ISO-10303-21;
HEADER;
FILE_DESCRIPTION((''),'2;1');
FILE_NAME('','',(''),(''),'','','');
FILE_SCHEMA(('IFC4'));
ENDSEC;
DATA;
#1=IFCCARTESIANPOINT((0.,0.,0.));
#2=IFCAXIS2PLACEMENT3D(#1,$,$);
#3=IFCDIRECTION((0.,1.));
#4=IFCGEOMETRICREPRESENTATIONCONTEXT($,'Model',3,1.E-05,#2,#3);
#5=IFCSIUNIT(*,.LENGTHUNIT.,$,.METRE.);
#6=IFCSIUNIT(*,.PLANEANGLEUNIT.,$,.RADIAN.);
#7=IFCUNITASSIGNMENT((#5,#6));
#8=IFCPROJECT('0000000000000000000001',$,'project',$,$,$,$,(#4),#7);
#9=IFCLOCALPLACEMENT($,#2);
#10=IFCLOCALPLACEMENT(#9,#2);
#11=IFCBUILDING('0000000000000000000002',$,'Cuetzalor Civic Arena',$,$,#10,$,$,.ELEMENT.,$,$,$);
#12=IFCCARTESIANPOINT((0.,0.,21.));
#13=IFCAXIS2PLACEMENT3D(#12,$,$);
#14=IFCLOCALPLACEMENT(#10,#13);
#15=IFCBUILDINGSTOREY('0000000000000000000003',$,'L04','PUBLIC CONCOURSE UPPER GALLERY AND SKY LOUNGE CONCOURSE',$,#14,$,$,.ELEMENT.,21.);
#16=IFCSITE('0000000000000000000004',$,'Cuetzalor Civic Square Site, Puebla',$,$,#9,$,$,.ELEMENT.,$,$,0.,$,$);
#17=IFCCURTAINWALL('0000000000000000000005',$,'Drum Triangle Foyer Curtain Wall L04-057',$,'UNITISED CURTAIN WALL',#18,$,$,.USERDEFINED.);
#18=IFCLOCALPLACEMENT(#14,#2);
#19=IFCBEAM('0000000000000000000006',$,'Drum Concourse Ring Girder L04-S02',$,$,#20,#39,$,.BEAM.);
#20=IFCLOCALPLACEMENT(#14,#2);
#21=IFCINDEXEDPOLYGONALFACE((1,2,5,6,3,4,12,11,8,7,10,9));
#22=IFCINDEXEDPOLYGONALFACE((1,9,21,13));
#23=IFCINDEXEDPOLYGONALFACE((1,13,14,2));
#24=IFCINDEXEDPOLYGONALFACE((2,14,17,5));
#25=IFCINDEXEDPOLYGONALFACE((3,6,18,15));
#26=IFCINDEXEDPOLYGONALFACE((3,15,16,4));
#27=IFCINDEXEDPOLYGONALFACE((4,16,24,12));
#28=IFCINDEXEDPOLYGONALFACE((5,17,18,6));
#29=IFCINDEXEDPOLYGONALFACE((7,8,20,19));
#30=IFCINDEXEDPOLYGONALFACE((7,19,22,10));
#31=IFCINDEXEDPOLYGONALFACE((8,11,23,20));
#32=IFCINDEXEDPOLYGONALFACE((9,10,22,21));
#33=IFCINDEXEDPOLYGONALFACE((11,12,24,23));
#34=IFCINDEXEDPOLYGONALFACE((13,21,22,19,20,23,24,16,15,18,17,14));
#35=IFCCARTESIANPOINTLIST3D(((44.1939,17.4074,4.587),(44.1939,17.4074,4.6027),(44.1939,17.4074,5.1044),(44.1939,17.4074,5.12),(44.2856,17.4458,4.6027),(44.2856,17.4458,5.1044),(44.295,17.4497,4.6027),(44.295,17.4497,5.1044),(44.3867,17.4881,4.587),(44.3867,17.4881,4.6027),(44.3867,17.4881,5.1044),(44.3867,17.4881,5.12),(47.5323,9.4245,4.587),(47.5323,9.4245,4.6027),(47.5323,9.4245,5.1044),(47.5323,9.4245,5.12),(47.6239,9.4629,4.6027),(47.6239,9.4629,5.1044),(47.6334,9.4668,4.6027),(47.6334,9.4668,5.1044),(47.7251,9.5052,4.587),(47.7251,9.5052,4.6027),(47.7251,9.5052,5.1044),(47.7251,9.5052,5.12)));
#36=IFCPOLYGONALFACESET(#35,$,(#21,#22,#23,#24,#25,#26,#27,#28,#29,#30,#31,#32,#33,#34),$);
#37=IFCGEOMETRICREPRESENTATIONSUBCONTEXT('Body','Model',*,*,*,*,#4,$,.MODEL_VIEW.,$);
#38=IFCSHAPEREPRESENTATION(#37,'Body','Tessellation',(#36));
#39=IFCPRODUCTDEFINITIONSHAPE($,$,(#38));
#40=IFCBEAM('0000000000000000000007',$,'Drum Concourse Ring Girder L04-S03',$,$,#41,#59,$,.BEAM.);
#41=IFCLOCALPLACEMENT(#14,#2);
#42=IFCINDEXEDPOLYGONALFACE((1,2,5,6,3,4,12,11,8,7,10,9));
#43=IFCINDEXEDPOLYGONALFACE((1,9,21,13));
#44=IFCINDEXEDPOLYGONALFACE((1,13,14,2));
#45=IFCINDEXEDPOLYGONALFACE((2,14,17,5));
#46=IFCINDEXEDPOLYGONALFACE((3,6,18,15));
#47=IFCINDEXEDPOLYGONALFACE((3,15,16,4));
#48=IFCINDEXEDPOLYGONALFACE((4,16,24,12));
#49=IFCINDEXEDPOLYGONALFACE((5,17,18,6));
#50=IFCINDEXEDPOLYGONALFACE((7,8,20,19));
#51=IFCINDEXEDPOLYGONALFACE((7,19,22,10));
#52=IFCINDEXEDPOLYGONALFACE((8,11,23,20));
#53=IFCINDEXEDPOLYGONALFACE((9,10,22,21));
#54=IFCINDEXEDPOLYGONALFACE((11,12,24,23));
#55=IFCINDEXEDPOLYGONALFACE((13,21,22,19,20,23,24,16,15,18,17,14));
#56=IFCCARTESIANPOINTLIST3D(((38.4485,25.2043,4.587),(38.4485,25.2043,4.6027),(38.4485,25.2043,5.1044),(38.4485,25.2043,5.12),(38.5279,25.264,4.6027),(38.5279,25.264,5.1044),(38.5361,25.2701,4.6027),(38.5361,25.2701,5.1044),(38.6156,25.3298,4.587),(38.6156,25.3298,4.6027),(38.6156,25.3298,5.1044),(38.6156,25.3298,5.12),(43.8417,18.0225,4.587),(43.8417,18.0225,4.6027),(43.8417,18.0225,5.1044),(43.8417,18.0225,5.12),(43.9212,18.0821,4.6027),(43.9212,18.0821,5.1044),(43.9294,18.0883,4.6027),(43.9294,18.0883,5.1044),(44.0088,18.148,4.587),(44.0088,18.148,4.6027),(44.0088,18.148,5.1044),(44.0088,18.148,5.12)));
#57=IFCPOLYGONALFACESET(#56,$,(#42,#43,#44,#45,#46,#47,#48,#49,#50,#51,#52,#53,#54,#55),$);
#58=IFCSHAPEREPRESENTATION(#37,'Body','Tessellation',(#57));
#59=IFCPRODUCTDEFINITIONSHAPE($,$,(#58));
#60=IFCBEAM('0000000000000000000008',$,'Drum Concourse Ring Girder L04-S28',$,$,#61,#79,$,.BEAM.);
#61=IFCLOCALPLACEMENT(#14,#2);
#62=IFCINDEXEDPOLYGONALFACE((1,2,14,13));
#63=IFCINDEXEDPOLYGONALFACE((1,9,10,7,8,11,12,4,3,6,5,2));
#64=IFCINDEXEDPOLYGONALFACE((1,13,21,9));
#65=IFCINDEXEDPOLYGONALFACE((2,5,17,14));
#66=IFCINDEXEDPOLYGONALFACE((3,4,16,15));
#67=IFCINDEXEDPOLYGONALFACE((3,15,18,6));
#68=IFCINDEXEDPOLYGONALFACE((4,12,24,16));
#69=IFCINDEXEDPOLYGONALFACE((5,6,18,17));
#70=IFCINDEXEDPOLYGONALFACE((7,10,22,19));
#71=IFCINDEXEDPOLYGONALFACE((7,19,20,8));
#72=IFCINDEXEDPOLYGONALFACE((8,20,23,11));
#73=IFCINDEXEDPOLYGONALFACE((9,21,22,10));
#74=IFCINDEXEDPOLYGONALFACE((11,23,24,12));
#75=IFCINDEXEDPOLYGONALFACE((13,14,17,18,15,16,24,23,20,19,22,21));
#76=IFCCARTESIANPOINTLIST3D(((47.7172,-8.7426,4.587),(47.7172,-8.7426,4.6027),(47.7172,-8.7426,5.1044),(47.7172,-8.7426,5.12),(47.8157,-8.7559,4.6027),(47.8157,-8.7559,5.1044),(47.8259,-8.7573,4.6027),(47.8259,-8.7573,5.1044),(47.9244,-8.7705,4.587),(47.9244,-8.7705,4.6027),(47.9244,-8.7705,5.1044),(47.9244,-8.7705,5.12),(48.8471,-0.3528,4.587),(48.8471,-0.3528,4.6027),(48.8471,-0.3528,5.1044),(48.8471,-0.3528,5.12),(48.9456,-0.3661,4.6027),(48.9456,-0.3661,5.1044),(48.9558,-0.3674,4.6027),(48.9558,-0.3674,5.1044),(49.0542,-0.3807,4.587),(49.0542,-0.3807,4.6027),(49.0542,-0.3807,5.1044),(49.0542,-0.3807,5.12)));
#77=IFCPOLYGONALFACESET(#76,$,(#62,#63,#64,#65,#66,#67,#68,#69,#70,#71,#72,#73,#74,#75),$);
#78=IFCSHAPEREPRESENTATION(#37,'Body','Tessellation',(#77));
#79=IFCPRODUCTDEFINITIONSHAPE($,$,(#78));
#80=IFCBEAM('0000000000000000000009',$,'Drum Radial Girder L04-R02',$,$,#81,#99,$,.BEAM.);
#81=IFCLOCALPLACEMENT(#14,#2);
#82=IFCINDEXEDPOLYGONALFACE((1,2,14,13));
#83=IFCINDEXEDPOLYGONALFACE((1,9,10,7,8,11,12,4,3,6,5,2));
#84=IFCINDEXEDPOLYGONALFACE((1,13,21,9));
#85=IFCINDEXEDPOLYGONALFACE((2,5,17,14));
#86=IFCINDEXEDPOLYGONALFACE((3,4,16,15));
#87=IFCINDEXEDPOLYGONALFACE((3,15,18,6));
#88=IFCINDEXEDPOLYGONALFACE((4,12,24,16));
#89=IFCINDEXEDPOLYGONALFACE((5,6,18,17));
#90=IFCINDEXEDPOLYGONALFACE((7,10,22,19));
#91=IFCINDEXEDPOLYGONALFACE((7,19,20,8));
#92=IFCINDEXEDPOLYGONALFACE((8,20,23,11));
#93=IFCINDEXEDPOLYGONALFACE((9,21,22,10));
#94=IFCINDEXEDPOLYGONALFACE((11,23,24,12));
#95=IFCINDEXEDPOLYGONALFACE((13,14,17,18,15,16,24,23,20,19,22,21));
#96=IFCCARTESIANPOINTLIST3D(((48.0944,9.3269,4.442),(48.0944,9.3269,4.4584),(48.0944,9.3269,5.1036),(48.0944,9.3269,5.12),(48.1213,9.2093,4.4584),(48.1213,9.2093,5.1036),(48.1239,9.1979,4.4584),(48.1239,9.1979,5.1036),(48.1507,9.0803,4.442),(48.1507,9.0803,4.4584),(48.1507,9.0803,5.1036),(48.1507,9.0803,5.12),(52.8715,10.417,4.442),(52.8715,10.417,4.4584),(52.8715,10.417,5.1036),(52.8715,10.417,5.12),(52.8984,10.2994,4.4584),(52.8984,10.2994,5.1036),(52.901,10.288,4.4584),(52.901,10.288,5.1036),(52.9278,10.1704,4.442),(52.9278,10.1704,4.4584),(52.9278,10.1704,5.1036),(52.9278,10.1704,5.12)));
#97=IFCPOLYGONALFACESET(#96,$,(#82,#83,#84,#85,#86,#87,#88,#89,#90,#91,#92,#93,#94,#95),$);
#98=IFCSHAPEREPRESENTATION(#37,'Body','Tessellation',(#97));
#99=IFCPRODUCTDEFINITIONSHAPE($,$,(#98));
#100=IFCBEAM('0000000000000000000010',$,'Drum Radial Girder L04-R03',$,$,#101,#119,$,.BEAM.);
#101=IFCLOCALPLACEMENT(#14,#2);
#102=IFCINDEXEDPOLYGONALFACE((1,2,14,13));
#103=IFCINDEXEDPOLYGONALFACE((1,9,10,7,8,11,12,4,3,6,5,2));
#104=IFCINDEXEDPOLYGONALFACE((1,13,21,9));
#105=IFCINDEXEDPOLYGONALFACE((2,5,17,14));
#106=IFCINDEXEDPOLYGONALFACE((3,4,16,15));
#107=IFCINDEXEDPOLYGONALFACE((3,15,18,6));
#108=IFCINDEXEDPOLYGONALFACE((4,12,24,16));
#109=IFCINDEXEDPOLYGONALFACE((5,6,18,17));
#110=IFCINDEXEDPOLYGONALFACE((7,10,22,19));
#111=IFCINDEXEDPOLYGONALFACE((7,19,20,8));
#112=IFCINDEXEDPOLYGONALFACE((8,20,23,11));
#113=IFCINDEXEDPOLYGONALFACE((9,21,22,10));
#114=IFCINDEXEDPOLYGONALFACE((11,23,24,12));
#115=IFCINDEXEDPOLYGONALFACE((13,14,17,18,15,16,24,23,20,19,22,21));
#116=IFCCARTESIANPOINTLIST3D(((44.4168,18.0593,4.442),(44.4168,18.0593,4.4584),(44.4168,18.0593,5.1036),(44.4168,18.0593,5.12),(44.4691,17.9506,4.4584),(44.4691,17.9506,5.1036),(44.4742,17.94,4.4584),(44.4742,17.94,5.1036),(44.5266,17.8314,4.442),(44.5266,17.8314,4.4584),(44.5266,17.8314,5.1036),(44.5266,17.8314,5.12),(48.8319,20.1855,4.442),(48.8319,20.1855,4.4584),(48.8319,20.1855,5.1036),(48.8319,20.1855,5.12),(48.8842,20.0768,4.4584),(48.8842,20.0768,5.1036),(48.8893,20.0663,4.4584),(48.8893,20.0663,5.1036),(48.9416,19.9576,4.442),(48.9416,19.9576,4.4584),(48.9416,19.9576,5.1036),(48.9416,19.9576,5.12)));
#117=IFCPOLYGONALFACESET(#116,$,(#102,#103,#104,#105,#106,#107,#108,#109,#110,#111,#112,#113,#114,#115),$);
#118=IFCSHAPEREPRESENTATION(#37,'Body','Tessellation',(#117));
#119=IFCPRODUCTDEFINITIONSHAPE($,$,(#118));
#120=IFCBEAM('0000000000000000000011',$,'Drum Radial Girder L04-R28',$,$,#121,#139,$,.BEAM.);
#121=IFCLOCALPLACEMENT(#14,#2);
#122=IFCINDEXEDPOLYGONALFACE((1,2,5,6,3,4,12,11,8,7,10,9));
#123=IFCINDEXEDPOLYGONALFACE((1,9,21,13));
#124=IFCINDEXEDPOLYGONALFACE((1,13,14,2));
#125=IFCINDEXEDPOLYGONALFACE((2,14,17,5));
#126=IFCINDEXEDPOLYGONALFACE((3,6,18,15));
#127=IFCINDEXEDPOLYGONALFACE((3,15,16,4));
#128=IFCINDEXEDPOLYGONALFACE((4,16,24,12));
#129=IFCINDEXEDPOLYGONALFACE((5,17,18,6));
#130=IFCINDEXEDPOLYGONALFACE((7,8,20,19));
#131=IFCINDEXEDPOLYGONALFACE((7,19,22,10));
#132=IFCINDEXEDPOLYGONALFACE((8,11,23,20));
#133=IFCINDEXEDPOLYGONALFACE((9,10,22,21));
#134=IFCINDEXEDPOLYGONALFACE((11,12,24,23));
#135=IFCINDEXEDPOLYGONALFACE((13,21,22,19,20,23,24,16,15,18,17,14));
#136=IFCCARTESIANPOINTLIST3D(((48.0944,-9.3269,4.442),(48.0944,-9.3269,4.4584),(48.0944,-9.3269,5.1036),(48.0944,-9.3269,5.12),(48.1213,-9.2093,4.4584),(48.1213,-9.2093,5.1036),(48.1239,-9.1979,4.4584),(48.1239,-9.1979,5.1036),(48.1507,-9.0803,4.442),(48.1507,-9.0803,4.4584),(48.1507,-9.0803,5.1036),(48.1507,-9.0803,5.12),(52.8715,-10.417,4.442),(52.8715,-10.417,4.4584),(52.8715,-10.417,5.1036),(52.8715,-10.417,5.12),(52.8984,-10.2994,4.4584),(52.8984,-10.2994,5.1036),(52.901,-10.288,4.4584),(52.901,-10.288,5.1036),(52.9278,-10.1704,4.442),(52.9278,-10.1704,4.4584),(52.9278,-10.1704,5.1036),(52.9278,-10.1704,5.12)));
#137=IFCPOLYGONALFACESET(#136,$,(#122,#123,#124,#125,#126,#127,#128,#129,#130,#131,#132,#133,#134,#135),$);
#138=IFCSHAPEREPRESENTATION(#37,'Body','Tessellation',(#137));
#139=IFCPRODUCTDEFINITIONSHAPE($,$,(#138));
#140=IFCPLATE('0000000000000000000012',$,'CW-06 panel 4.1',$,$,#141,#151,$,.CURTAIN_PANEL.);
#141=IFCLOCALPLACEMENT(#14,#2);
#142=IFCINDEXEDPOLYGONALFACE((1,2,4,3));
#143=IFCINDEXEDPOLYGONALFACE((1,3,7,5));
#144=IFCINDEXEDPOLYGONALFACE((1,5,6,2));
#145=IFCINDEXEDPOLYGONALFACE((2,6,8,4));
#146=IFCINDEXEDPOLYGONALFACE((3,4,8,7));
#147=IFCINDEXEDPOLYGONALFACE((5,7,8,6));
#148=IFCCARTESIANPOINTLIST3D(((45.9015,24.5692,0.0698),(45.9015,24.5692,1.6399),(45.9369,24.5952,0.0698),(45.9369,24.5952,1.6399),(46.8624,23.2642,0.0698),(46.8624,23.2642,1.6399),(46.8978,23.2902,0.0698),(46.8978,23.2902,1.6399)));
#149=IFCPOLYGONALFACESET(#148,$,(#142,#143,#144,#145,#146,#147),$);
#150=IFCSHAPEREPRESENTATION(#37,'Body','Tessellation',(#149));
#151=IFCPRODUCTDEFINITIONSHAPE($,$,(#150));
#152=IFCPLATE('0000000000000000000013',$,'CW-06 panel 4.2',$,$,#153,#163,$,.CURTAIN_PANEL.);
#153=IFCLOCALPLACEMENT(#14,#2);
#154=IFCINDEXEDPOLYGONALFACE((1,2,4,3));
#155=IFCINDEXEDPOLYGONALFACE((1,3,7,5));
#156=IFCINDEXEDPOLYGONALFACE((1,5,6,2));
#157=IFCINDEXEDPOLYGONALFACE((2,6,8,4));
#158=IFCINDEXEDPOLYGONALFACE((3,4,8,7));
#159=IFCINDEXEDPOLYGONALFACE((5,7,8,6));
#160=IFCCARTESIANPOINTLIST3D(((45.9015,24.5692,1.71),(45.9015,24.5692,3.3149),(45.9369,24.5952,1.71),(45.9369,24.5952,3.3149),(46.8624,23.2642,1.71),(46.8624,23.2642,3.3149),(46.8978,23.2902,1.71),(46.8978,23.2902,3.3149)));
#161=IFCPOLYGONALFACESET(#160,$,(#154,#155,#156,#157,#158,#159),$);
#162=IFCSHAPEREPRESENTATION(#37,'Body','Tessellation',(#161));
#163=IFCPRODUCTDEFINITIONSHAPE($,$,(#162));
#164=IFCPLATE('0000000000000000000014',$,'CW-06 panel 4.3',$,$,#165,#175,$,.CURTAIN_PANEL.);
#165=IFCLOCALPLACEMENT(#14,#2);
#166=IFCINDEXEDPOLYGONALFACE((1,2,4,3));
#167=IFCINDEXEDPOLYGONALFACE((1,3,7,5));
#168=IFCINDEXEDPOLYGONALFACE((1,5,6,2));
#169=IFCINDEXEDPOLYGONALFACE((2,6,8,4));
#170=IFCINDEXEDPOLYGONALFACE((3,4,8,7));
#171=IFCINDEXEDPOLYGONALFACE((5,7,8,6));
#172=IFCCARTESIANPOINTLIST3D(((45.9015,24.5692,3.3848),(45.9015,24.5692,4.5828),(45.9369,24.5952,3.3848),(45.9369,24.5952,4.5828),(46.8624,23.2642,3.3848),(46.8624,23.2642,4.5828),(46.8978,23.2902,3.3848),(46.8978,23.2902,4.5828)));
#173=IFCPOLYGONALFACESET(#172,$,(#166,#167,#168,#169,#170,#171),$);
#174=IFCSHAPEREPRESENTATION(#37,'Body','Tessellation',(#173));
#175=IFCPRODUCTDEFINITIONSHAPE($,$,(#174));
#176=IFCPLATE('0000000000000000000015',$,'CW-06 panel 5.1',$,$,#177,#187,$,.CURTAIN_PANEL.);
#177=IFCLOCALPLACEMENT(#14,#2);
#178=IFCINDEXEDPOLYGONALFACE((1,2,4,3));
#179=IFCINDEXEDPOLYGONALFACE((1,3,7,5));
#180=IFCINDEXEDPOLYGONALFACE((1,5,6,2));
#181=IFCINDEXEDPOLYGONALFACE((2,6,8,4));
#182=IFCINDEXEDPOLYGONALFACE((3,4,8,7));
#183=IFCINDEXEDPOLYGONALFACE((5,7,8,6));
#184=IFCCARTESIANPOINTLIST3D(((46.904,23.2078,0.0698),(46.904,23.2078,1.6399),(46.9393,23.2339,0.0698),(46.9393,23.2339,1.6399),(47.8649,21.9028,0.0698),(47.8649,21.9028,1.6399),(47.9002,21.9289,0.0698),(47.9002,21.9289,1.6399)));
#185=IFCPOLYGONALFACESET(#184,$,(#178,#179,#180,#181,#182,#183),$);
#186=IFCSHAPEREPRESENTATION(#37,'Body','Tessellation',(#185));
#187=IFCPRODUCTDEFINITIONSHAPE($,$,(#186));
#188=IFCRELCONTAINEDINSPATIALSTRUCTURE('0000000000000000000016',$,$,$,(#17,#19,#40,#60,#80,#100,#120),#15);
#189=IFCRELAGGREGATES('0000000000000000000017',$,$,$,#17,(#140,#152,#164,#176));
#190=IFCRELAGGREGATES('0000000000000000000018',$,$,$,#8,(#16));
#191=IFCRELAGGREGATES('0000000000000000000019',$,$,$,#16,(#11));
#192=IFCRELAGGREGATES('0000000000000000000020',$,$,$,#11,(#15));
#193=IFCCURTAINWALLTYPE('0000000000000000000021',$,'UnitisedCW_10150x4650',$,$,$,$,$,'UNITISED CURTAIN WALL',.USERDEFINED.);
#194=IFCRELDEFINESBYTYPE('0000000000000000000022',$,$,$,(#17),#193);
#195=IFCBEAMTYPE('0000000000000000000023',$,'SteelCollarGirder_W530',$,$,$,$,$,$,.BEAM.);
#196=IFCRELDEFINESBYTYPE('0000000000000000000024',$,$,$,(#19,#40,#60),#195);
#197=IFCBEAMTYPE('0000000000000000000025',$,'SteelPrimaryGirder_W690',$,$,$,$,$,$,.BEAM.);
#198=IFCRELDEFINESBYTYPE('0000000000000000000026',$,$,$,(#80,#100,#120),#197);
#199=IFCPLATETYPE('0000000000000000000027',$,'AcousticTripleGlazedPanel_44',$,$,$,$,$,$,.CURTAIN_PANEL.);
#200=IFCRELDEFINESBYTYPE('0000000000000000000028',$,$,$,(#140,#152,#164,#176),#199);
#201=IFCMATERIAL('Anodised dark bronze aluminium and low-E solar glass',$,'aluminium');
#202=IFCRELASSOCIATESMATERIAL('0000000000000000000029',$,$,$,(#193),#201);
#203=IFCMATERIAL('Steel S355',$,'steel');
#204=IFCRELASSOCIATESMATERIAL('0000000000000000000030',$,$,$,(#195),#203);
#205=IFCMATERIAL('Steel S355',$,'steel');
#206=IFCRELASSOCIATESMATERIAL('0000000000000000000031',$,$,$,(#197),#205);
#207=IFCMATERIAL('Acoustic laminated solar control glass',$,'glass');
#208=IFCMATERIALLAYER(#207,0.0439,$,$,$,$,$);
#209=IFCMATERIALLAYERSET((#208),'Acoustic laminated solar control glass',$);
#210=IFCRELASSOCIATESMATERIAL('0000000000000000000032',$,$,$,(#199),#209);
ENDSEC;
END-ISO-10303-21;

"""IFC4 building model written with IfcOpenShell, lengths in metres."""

from ifc_helpers import new_model, si_unit, direction, frame, origin, origin_2d, place, context, subcontext, project, spatial, rectangle, i_section, extrude, material, layer, layer_set, material_profile, profile_set, type_object, element, aggregate, save


model = new_model("IFC4")

# Units and contexts
model_context = context("Model", 3, precision=1e-05, world=origin(), true_north=direction((0.0, 1.0)))
body_context = subcontext(model_context, "Body", "Model", "MODEL_VIEW")
ifc_project = project(units=[si_unit("LENGTHUNIT", "METRE"), si_unit("PLANEANGLEUNIT", "RADIAN")], contexts=[model_context])

# Site, building, storey
site_placement = place(None, origin())
site = spatial("IfcSite", under=ifc_project, at=site_placement, Name="Cuetzalor Civic Square Site, Puebla", CompositionType="ELEMENT", RefElevation=0.0)
building_placement = place(site_placement, origin())
building = spatial("IfcBuilding", under=site, at=building_placement, Name="Cuetzalor Civic Arena", CompositionType="ELEMENT")
storey_placement = place(building_placement, frame((0.0, 0.0, 21.0)))
storey = spatial("IfcBuildingStorey", under=building, at=storey_placement, Name="L04", Description="PUBLIC CONCOURSE UPPER GALLERY AND SKY LOUNGE CONCOURSE", CompositionType="ELEMENT", Elevation=21.0)

# Curtain wall
ifc_material_1 = material(Name="Anodised dark bronze aluminium and low-E solar glass", Category="aluminium")
curtain_wall_type = type_object("IfcCurtainWallType", Name="UnitisedCW_10150x4650", ElementType="UNITISED CURTAIN WALL", PredefinedType="USERDEFINED", material=ifc_material_1)
curtain_wall_placement = place(storey_placement, origin())
curtain_wall = element("IfcCurtainWall", 1, at=curtain_wall_placement, inside=storey, type_object=curtain_wall_type, Name="Drum Triangle Foyer Curtain Wall L04-057", ObjectType="UNITISED CURTAIN WALL", PredefinedType="USERDEFINED")

# Beams
ifc_material_2 = material(Name="Steel S355", Category="steel")
ifc_material_profile_1 = material_profile(ifc_material_2, i_section(OverallWidth=0.209, OverallDepth=0.533, WebThickness=0.0103, FlangeThickness=0.0156, at=origin_2d()), Name="W530x92")
ifc_profile_set_1 = profile_set([ifc_material_profile_1], Name="Steel S355")
beam_type_1 = type_object("IfcBeamType", Name="SteelCollarGirder_W530", PredefinedType="BEAM", material=ifc_profile_set_1)
beam_1_placement = place(storey_placement, frame((47.6287, 9.4648, 4.8535), z_axis=(-0.385813, 0.922577, 0.0), x_axis=(-0.922577, -0.385813, 0.0)))
element("IfcBeam", 2, at=beam_1_placement, inside=storey, type_object=beam_type_1, Name="Drum Concourse Ring Girder L04-S02", PredefinedType="BEAM", context=body_context, shape_type="SweptSolid", body=[
    extrude(i_section(OverallWidth=0.209, OverallDepth=0.533, WebThickness=0.0103, FlangeThickness=0.0156, at=origin_2d()), origin(), (0.0, 0.0, 1.0), 8.6528),
])
beam_2_placement = place(storey_placement, frame((43.9253, 18.0852, 4.8535), z_axis=(-0.600491, 0.799631, 0.0), x_axis=(-0.799631, -0.600491, 0.0)))
element("IfcBeam", 3, at=beam_2_placement, inside=storey, type_object=beam_type_1, Name="Drum Concourse Ring Girder L04-S03", PredefinedType="BEAM", context=body_context, shape_type="SweptSolid", body=[
    extrude(i_section(OverallWidth=0.209, OverallDepth=0.533, WebThickness=0.0103, FlangeThickness=0.0156, at=origin_2d()), origin(), (0.0, 0.0, 1.0), 8.9814),
])
beam_3_placement = place(storey_placement, frame((47.8208, -8.7566, 4.8535), z_axis=(0.133467, 0.991053, 0.0), x_axis=(-0.991053, 0.133467, 0.0)))
element("IfcBeam", 4, at=beam_3_placement, inside=storey, type_object=beam_type_1, Name="Drum Concourse Ring Girder L04-S28", PredefinedType="BEAM", context=body_context, shape_type="SweptSolid", body=[
    extrude(i_section(OverallWidth=0.209, OverallDepth=0.533, WebThickness=0.0103, FlangeThickness=0.0156, at=origin_2d()), origin(), (0.0, 0.0, 1.0), 8.4656),
])
ifc_material_3 = material(Name="Steel S355", Category="steel")
ifc_material_profile_2 = material_profile(ifc_material_3, i_section(OverallWidth=0.2529, OverallDepth=0.678, WebThickness=0.0117, FlangeThickness=0.0164, at=origin_2d()), Name="W690x125")
ifc_profile_set_2 = profile_set([ifc_material_profile_2], Name="Steel S355")
beam_type_2 = type_object("IfcBeamType", Name="SteelPrimaryGirder_W690", PredefinedType="BEAM", material=ifc_profile_set_2)
beam_4_placement = place(storey_placement, frame((48.1226, 9.2036, 4.781), z_axis=(0.974939, 0.222472, 0.0), x_axis=(-0.222472, 0.974939, 0.0)))
element("IfcBeam", 5, at=beam_4_placement, inside=storey, type_object=beam_type_2, Name="Drum Radial Girder L04-R02", PredefinedType="BEAM", context=body_context, shape_type="SweptSolid", body=[
    extrude(i_section(OverallWidth=0.2529, OverallDepth=0.678, WebThickness=0.0117, FlangeThickness=0.0164, at=origin_2d()), origin(), (0.0, 0.0, 1.0), 4.8999),
])
beam_5_placement = place(storey_placement, frame((44.4717, 17.9453, 4.781), z_axis=(0.900965, 0.433892, 0.0), x_axis=(-0.433892, 0.900965, 0.0)))
element("IfcBeam", 6, at=beam_5_placement, inside=storey, type_object=beam_type_2, Name="Drum Radial Girder L04-R03", PredefinedType="BEAM", context=body_context, shape_type="SweptSolid", body=[
    extrude(i_section(OverallWidth=0.2529, OverallDepth=0.678, WebThickness=0.0117, FlangeThickness=0.0164, at=origin_2d()), origin(), (0.0, 0.0, 1.0), 4.9004),
])
beam_6_placement = place(storey_placement, frame((48.1226, -9.2036, 4.781), z_axis=(0.974939, -0.222472, 0.0), x_axis=(0.222472, 0.974939, 0.0)))
element("IfcBeam", 7, at=beam_6_placement, inside=storey, type_object=beam_type_2, Name="Drum Radial Girder L04-R28", PredefinedType="BEAM", context=body_context, shape_type="SweptSolid", body=[
    extrude(i_section(OverallWidth=0.2529, OverallDepth=0.678, WebThickness=0.0117, FlangeThickness=0.0164, at=origin_2d()), origin(), (0.0, 0.0, 1.0), 4.8999),
])

# Plates
ifc_material_4 = material(Name="Acoustic laminated solar control glass", Category="glass")
ifc_layer = layer(ifc_material_4, 0.0439)
ifc_layer_set = layer_set([ifc_layer], Name="Acoustic laminated solar control glass")
plate_type = type_object("IfcPlateType", Name="AcousticTripleGlazedPanel_44", PredefinedType="CURTAIN_PANEL", material=ifc_layer_set)
plate_1_placement = place(storey_placement, frame((46.3997, 23.9297, 0.0698), z_axis=(0.0, 0.0, 1.0), x_axis=(0.592929, -0.805255, 0.0)))
plate_1 = element("IfcPlate", 8, at=plate_1_placement, type_object=plate_type, Name="CW-06 panel 4.1", PredefinedType="CURTAIN_PANEL", context=body_context, shape_type="SweptSolid", body=[
    extrude(rectangle(XDim=1.6206, YDim=0.0439, at=origin_2d()), origin(), (0.0, 0.0, 1.0), 1.5701),
])
plate_2_placement = place(storey_placement, frame((46.3997, 23.9297, 1.71), z_axis=(0.0, 0.0, 1.0), x_axis=(0.592929, -0.805255, 0.0)))
plate_2 = element("IfcPlate", 9, at=plate_2_placement, type_object=plate_type, Name="CW-06 panel 4.2", PredefinedType="CURTAIN_PANEL", context=body_context, shape_type="SweptSolid", body=[
    extrude(rectangle(XDim=1.6206, YDim=0.0439, at=origin_2d()), origin(), (0.0, 0.0, 1.0), 1.605),
])
plate_3_placement = place(storey_placement, frame((46.3997, 23.9297, 3.3848), z_axis=(0.0, 0.0, 1.0), x_axis=(0.592929, -0.805255, 0.0)))
plate_3 = element("IfcPlate", 10, at=plate_3_placement, type_object=plate_type, Name="CW-06 panel 4.3", PredefinedType="CURTAIN_PANEL", context=body_context, shape_type="SweptSolid", body=[
    extrude(rectangle(XDim=1.6206, YDim=0.0439, at=origin_2d()), origin(), (0.0, 0.0, 1.0), 1.198),
])
plate_4_placement = place(storey_placement, frame((47.4021, 22.5684, 0.0698), z_axis=(0.0, 0.0, 1.0), x_axis=(0.592929, -0.805255, 0.0)))
plate_4 = element("IfcPlate", 11, at=plate_4_placement, type_object=plate_type, Name="CW-06 panel 5.1", PredefinedType="CURTAIN_PANEL", context=body_context, shape_type="SweptSolid", body=[
    extrude(rectangle(XDim=1.6206, YDim=0.0439, at=origin_2d()), origin(), (0.0, 0.0, 1.0), 1.5701),
])
aggregate(curtain_wall, [plate_1, plate_2, plate_3, plate_4])

save(model, "model.ifc")
